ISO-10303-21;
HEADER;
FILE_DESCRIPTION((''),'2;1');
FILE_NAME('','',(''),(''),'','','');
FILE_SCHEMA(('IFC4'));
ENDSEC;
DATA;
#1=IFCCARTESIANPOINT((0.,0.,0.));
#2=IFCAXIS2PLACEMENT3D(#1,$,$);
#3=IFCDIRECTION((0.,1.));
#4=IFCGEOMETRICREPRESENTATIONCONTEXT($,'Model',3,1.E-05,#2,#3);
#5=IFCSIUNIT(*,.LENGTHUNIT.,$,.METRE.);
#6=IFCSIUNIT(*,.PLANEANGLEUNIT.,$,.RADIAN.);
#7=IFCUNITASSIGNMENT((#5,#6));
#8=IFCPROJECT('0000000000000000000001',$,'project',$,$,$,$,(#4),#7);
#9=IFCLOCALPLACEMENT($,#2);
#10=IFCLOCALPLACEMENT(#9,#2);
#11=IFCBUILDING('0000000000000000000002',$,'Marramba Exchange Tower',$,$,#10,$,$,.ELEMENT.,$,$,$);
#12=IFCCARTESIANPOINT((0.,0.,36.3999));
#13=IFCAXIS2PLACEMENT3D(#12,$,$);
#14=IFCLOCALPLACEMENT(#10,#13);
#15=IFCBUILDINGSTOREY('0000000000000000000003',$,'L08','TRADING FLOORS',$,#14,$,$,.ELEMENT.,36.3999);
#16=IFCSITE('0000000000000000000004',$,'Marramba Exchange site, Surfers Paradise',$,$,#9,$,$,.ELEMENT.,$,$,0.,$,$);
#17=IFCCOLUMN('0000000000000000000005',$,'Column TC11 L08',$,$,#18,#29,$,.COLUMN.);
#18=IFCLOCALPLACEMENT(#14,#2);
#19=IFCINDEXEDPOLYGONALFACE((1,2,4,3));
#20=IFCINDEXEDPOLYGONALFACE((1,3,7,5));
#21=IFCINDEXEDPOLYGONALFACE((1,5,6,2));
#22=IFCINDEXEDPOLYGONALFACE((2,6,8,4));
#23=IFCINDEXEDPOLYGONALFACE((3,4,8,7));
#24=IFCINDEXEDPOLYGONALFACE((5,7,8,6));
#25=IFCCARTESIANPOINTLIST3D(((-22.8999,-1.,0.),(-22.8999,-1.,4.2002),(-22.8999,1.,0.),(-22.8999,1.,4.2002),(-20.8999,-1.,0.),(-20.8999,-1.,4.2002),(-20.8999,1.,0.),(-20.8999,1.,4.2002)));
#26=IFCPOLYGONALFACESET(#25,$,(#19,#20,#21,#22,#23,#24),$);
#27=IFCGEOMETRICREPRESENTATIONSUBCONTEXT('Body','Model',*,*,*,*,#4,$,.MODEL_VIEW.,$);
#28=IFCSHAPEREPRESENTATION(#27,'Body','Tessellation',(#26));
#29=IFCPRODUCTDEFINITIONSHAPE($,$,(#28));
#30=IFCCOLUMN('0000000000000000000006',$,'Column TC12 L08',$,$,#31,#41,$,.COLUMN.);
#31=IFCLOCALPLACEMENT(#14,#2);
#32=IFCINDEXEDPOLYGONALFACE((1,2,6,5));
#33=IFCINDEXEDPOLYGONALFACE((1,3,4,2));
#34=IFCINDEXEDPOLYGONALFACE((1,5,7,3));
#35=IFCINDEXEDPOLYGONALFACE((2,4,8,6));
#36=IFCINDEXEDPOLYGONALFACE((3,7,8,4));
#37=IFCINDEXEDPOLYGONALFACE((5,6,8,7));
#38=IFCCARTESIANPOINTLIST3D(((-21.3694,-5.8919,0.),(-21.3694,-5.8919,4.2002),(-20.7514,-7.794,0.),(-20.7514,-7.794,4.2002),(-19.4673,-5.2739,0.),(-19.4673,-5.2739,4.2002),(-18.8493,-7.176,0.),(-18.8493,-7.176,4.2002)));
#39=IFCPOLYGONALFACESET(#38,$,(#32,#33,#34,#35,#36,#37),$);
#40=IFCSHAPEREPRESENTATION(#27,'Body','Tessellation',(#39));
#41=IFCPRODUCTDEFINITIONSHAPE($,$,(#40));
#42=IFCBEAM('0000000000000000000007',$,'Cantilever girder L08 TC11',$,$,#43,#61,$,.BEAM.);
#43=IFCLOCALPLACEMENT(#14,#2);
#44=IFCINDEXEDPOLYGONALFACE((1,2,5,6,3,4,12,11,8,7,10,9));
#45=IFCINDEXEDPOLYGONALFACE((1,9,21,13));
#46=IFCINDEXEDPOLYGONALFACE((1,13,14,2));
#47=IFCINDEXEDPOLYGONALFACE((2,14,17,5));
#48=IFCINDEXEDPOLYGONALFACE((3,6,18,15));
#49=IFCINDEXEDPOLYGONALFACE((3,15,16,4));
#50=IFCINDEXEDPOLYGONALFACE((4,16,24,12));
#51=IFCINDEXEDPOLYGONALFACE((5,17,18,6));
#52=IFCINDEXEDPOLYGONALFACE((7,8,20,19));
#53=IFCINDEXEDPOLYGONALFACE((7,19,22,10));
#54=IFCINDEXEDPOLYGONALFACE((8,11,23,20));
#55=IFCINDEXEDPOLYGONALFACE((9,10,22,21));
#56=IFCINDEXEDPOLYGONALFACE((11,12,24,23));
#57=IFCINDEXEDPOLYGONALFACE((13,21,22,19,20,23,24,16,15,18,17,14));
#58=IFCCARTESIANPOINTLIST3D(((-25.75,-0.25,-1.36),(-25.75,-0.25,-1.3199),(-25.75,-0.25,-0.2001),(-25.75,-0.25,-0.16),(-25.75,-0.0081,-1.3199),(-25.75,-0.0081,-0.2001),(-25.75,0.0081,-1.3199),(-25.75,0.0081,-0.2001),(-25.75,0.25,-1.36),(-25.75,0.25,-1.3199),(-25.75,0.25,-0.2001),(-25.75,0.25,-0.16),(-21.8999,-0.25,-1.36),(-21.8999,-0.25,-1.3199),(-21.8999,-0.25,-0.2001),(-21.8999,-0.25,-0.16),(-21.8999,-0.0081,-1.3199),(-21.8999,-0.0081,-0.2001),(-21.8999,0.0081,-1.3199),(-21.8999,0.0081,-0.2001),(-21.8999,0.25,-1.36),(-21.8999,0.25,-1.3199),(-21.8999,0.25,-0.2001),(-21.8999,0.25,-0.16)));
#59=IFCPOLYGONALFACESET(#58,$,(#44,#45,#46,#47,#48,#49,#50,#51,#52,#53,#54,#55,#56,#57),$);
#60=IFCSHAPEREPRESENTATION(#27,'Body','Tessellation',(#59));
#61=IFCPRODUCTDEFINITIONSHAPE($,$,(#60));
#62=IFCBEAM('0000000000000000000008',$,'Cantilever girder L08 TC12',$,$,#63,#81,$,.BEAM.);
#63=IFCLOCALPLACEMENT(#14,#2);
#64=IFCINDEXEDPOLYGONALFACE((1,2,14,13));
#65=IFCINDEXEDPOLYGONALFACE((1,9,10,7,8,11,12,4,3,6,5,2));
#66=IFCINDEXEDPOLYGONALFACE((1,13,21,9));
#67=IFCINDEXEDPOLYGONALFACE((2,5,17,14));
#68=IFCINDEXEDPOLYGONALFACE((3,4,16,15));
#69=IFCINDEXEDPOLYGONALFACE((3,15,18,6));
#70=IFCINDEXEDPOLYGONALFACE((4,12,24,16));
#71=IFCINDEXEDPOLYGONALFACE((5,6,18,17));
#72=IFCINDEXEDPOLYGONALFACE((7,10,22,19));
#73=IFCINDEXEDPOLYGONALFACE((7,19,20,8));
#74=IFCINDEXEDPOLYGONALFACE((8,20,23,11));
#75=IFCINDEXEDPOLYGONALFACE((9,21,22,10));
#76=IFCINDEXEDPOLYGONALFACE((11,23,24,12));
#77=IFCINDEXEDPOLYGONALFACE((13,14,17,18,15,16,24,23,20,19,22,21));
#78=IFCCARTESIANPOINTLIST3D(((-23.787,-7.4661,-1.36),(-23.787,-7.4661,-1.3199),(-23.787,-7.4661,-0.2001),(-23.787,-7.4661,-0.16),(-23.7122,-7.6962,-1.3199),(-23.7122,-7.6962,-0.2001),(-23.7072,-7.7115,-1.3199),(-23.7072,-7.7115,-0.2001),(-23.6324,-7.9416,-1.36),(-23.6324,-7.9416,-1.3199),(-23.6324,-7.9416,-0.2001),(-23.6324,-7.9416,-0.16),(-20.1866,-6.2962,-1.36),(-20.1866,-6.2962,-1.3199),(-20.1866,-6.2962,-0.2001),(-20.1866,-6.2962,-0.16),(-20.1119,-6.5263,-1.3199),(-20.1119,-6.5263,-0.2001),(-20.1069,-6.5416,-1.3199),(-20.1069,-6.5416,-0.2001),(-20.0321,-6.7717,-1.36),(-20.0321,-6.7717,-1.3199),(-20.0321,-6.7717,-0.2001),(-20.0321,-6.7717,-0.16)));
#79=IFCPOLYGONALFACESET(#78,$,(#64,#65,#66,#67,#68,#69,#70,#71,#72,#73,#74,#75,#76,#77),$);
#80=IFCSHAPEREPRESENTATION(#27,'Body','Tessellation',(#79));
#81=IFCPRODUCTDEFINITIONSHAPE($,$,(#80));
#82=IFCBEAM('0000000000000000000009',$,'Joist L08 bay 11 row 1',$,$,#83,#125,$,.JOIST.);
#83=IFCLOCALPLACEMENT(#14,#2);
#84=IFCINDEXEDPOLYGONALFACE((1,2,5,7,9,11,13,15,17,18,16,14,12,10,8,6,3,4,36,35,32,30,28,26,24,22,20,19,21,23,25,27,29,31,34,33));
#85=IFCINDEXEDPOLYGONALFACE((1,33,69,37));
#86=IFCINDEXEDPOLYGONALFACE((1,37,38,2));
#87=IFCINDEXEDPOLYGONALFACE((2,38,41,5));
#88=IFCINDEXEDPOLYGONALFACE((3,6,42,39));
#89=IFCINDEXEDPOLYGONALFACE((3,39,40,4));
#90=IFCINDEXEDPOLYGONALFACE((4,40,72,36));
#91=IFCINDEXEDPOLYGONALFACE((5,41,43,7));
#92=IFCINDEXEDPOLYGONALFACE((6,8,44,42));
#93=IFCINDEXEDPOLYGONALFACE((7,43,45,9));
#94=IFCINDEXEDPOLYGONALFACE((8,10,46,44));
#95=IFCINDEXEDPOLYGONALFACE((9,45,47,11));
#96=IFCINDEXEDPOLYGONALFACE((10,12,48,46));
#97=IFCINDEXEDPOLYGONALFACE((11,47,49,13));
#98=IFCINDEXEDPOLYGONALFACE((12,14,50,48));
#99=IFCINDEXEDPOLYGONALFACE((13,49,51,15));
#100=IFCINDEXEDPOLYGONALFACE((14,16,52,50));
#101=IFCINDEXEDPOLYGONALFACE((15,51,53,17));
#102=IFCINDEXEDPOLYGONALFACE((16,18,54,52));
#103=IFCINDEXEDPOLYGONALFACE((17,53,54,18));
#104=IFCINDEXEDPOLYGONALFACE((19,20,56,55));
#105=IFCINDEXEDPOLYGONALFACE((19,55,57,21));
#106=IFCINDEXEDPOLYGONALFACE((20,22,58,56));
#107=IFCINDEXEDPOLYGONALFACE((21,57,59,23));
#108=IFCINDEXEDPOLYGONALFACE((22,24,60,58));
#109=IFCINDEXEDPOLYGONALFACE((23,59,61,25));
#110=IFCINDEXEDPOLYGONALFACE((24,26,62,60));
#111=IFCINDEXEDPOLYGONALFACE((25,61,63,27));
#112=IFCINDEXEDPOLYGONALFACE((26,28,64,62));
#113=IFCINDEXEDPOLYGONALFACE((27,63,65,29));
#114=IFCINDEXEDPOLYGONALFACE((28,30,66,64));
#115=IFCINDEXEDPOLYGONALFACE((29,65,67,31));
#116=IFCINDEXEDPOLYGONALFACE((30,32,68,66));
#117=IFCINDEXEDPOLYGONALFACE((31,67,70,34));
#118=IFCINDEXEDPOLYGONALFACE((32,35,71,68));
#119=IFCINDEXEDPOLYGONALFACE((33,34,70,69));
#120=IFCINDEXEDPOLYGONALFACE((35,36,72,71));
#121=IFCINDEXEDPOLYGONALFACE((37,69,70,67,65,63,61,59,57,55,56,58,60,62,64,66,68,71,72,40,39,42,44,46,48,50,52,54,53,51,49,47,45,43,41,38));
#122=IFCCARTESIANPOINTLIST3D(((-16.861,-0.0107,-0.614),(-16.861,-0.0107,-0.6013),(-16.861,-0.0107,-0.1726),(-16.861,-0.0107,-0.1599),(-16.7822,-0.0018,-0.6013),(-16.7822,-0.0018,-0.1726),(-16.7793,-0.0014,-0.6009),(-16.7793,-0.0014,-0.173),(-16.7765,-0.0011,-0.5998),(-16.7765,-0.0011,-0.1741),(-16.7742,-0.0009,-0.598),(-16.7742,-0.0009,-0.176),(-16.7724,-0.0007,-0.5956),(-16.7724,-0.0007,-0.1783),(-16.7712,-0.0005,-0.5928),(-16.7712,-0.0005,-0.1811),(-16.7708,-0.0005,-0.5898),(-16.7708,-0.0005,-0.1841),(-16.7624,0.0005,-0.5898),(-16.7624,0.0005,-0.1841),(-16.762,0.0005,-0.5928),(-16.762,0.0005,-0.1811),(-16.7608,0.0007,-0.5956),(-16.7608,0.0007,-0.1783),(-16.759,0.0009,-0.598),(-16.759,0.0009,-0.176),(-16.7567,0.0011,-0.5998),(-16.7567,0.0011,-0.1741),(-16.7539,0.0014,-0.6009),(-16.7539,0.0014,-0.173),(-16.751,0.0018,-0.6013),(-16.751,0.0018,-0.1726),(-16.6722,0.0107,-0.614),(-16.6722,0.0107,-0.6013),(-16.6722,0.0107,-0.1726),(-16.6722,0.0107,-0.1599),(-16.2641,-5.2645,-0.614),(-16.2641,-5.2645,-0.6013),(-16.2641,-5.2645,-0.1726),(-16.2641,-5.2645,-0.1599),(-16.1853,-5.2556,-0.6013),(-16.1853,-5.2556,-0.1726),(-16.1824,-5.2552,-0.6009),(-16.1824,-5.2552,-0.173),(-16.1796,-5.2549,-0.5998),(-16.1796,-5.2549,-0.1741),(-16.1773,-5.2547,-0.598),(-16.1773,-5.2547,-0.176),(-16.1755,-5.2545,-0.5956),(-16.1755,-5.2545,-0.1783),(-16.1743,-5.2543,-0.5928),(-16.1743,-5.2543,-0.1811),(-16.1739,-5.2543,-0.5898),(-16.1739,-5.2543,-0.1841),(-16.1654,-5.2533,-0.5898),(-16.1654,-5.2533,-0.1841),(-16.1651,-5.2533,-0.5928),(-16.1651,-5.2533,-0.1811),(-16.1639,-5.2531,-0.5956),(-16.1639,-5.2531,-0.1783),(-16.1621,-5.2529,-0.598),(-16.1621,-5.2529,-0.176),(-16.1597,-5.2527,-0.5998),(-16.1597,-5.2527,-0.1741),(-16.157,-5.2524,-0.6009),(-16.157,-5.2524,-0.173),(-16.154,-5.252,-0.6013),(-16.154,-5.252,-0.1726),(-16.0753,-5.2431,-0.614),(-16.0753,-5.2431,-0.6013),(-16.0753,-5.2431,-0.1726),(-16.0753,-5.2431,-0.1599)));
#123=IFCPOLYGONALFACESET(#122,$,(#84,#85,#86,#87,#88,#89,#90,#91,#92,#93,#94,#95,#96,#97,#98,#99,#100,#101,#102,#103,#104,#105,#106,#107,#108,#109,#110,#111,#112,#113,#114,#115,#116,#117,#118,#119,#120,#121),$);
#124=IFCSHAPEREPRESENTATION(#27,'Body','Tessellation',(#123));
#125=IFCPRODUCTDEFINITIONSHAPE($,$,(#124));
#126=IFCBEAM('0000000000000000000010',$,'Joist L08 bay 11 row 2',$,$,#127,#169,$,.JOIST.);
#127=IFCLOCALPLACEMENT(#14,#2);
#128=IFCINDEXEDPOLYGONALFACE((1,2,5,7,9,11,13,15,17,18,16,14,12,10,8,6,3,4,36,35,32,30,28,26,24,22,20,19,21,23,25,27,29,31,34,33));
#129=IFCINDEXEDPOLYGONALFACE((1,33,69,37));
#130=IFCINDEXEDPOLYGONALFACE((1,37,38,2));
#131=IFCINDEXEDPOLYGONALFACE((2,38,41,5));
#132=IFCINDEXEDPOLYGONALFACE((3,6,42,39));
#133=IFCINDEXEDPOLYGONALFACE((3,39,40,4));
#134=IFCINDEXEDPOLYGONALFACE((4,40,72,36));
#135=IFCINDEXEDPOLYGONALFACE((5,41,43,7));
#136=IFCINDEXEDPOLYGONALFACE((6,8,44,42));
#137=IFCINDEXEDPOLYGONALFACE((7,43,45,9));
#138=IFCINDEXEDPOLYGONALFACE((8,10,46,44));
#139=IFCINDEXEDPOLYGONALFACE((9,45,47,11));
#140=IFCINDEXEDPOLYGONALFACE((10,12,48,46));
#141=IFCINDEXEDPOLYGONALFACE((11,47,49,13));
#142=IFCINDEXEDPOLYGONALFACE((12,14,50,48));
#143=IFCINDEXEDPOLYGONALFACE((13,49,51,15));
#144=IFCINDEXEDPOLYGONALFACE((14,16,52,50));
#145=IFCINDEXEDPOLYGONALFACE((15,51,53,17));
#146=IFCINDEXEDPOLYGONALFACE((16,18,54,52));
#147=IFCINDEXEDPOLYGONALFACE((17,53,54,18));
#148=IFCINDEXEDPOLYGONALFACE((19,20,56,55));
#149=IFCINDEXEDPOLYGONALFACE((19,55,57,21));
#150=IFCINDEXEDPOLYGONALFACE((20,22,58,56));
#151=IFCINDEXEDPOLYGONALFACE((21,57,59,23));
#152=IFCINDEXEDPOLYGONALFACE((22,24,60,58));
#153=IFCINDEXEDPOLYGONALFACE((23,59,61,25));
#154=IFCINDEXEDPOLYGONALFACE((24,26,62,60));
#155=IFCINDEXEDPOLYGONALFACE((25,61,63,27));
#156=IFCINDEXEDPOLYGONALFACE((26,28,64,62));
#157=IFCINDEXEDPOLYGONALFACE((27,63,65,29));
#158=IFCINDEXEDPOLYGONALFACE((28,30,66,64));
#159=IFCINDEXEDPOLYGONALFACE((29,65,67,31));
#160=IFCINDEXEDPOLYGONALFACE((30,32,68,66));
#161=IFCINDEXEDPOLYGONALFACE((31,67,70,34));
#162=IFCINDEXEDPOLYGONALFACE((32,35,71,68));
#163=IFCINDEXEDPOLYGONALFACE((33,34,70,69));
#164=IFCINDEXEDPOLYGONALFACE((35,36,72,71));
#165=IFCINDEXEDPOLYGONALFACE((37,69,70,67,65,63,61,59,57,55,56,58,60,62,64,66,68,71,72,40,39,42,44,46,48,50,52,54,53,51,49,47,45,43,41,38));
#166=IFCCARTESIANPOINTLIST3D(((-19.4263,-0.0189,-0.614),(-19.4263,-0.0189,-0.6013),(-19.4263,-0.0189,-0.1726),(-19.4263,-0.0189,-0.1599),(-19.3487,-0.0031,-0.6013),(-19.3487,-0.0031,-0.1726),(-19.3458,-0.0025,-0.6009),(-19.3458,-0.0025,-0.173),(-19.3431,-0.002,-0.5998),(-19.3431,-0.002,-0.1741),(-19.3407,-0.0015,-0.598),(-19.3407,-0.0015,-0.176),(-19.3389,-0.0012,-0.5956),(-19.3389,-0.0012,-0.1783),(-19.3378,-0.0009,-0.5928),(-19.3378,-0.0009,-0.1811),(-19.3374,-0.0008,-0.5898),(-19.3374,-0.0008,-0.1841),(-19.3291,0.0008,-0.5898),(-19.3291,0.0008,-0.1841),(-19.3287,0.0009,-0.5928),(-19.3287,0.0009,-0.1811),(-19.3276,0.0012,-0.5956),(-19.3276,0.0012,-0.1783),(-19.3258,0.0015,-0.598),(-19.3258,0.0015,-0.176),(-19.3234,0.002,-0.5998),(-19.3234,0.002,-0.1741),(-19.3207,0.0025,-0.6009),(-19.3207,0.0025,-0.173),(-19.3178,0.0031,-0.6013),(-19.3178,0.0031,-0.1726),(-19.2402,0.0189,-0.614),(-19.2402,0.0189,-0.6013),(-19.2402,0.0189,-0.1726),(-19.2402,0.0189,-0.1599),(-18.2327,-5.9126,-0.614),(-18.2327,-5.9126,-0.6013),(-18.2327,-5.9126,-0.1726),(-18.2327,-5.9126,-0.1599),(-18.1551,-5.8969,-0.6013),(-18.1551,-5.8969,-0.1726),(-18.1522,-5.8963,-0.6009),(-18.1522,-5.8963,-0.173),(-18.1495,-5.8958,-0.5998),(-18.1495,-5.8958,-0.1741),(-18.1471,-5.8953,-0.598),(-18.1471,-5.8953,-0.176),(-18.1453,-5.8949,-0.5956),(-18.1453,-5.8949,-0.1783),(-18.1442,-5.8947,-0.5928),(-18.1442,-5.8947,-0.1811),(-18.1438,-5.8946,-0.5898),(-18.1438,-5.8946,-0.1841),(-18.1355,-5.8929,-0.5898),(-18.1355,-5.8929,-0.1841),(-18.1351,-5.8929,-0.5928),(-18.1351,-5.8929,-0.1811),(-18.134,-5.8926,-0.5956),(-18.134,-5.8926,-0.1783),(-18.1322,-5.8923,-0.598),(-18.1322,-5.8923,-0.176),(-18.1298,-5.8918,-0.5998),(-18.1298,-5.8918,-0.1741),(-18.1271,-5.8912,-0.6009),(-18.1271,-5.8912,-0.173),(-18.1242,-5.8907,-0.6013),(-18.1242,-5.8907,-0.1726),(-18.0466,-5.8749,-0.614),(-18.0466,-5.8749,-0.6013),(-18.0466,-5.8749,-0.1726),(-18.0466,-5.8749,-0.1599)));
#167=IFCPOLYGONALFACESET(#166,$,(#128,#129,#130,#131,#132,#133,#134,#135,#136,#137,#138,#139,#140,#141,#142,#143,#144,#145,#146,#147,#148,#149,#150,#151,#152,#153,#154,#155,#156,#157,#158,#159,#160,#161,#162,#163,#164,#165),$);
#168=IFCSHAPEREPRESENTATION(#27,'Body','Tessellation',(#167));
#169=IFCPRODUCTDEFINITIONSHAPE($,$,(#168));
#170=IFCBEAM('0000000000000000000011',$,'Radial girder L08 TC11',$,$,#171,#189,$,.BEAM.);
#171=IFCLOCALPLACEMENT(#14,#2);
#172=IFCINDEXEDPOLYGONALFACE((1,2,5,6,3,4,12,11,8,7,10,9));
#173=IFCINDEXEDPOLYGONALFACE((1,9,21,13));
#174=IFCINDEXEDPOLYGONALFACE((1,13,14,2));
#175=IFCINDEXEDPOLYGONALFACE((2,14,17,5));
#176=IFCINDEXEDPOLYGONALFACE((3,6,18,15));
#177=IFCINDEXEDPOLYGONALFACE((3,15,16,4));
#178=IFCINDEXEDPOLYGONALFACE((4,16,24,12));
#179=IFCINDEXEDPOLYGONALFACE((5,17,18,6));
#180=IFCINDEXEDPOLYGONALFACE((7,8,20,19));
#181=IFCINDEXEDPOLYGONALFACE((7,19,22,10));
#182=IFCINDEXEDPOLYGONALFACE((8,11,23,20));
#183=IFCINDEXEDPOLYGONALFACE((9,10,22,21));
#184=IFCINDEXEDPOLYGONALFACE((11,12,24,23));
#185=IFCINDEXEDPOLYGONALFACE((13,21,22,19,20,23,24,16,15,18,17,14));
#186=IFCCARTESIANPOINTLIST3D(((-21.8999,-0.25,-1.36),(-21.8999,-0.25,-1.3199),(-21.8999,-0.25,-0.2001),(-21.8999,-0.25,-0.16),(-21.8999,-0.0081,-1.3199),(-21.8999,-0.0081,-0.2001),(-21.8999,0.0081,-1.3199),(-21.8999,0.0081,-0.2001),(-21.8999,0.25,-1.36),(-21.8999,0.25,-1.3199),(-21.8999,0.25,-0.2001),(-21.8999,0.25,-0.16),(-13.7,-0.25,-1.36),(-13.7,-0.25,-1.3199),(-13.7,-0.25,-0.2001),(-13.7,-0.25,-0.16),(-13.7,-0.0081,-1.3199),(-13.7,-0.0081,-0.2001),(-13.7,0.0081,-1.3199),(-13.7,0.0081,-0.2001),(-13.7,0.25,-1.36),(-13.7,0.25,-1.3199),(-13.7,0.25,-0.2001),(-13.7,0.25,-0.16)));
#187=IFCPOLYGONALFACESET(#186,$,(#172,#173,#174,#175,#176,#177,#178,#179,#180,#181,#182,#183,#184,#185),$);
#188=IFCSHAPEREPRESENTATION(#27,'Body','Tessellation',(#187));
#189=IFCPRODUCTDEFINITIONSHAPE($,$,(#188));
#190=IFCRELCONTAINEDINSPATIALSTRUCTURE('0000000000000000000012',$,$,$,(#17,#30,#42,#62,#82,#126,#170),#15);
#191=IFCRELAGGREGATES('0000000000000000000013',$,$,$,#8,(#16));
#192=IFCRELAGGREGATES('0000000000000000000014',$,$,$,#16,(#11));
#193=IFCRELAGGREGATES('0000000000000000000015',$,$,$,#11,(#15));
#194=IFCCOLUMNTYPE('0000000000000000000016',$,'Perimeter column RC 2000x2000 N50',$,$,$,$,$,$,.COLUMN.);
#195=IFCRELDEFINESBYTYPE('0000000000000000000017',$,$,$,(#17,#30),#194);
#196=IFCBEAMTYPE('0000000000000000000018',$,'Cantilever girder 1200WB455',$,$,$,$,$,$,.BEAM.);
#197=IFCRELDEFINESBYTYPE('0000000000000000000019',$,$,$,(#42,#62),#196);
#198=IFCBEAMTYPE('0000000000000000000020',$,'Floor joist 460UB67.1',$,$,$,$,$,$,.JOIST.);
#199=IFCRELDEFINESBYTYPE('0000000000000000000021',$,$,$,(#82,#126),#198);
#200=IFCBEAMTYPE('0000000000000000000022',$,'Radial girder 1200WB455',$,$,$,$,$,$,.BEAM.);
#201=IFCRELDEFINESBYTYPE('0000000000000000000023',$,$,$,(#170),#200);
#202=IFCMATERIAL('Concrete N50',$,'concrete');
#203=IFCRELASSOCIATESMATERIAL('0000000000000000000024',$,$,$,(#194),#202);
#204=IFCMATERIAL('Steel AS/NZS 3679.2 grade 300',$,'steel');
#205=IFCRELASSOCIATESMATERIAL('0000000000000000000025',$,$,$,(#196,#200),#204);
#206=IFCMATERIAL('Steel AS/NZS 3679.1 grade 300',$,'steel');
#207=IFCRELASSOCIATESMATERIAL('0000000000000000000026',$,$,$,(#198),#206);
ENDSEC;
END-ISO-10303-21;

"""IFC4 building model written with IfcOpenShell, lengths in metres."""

from ifc_helpers import new_model, si_unit, direction, frame, origin, origin_2d, place, context, subcontext, project, spatial, rectangle, i_section, extrude, material, material_profile, profile_set, type_object, element, save


model = new_model("IFC4")

# Units and contexts
model_context = context("Model", 3, precision=1e-05, world=origin(), true_north=direction((0.0, 1.0)))
body_context = subcontext(model_context, "Body", "Model", "MODEL_VIEW")
ifc_project = project(units=[si_unit("LENGTHUNIT", "METRE"), si_unit("PLANEANGLEUNIT", "RADIAN")], contexts=[model_context])

# Site, building, storey
site_placement = place(None, origin())
site = spatial("IfcSite", under=ifc_project, at=site_placement, Name="Marramba Exchange site, Surfers Paradise", CompositionType="ELEMENT", RefElevation=0.0)
building_placement = place(site_placement, origin())
building = spatial("IfcBuilding", under=site, at=building_placement, Name="Marramba Exchange Tower", CompositionType="ELEMENT")
storey_placement = place(building_placement, frame((0.0, 0.0, 36.3999)))
storey = spatial("IfcBuildingStorey", under=building, at=storey_placement, Name="L08", Description="TRADING FLOORS", CompositionType="ELEMENT", Elevation=36.3999)

# Columns
ifc_material_1 = material(Name="Concrete N50", Category="concrete")
ifc_material_profile_1 = material_profile(ifc_material_1, rectangle(XDim=2.0, YDim=2.0, at=origin_2d()), Name="RC 2000x2000")
ifc_profile_set_1 = profile_set([ifc_material_profile_1], Name="Concrete N50")
column_type = type_object("IfcColumnType", Name="Perimeter column RC 2000x2000 N50", PredefinedType="COLUMN", material=ifc_profile_set_1)
for number, where, z_axis, x_axis, name in (
    (1, (-21.8999, 0.0, 0.0), (0.0, 0.0, 1.0), (-1.0, 0.0, 0.0), "Column TC11 L08"),
    (2, (-20.1094, -6.5339, 0.0), (0.0, 0.0, 1.0), (-0.951057, -0.309017, 0.0), "Column TC12 L08"),
):
    element("IfcColumn", number, at=place(storey_placement, frame(where, z_axis=z_axis, x_axis=x_axis)), inside=storey, type_object=column_type, Name=name, PredefinedType="COLUMN", context=body_context, shape_type="SweptSolid", body=[
        extrude(rectangle(XDim=2.0, YDim=2.0, at=origin_2d()), origin(), (0.0, 0.0, 1.0), 4.2002),
    ])

# Beams
ifc_material_2 = material(Name="Steel AS/NZS 3679.2 grade 300", Category="steel")
ifc_material_profile_2 = material_profile(ifc_material_2, i_section(OverallWidth=0.5, OverallDepth=1.2, WebThickness=0.0161, FlangeThickness=0.04, at=origin_2d()), Name="1200WB455")
ifc_profile_set_2 = profile_set([ifc_material_profile_2], Name="Steel AS/NZS 3679.2 grade 300")
beam_type_1 = type_object("IfcBeamType", Name="Cantilever girder 1200WB455", PredefinedType="BEAM", material=ifc_profile_set_2)
beam_1_placement = place(storey_placement, frame((-21.8999, 0.0, -0.76), z_axis=(-1.0, 0.0, 0.0), x_axis=(0.0, -1.0, 0.0)))
element("IfcBeam", 3, at=beam_1_placement, inside=storey, type_object=beam_type_1, Name="Cantilever girder L08 TC11", PredefinedType="BEAM", context=body_context, shape_type="SweptSolid", body=[
    extrude(i_section(OverallWidth=0.5, OverallDepth=1.2, WebThickness=0.0161, FlangeThickness=0.04, at=origin_2d()), origin(), (0.0, 0.0, 1.0), 3.8501),
])
beam_2_placement = place(storey_placement, frame((-20.1094, -6.5339, -0.76), z_axis=(-0.951049, -0.309041, 0.0), x_axis=(0.309041, -0.951049, 0.0)))
element("IfcBeam", 4, at=beam_2_placement, inside=storey, type_object=beam_type_1, Name="Cantilever girder L08 TC12", PredefinedType="BEAM", context=body_context, shape_type="SweptSolid", body=[
    extrude(i_section(OverallWidth=0.5, OverallDepth=1.2, WebThickness=0.0161, FlangeThickness=0.04, at=origin_2d()), origin(), (0.0, 0.0, 1.0), 3.7856),
])
ifc_material_3 = material(Name="Steel AS/NZS 3679.1 grade 300", Category="steel")
ifc_material_profile_3 = material_profile(ifc_material_3, i_section(OverallWidth=0.1899, OverallDepth=0.4541, WebThickness=0.0085, FlangeThickness=0.0127, FilletRadius=0.0115, at=origin_2d()), Name="460UB67.1")
ifc_profile_set_3 = profile_set([ifc_material_profile_3], Name="Steel AS/NZS 3679.1 grade 300")
beam_type_2 = type_object("IfcBeamType", Name="Floor joist 460UB67.1", PredefinedType="JOIST", material=ifc_profile_set_3)
beam_3_placement = place(storey_placement, frame((-16.7666, 0.0, -0.387), z_axis=(0.112889, -0.993608, 0.0), x_axis=(0.993608, 0.112889, 0.0)))
element("IfcBeam", 5, at=beam_3_placement, inside=storey, type_object=beam_type_2, Name="Joist L08 bay 11 row 1", PredefinedType="JOIST", context=body_context, shape_type="SweptSolid", body=[
    extrude(i_section(OverallWidth=0.1899, OverallDepth=0.4541, WebThickness=0.0085, FlangeThickness=0.0127, FilletRadius=0.0115, at=origin_2d()), origin(), (0.0, 0.0, 1.0), 5.2876),
])
beam_4_placement = place(storey_placement, frame((-19.3333, 0.0, -0.387), z_axis=(0.198489, -0.980103, 0.0), x_axis=(0.980103, 0.198489, 0.0)))
element("IfcBeam", 6, at=beam_4_placement, inside=storey, type_object=beam_type_2, Name="Joist L08 bay 11 row 2", PredefinedType="JOIST", context=body_context, shape_type="SweptSolid", body=[
    extrude(i_section(OverallWidth=0.1899, OverallDepth=0.4541, WebThickness=0.0085, FlangeThickness=0.0127, FilletRadius=0.0115, at=origin_2d()), origin(), (0.0, 0.0, 1.0), 6.0134),
])
ifc_material_profile_4 = material_profile(ifc_material_2, i_section(OverallWidth=0.5, OverallDepth=1.2, WebThickness=0.0161, FlangeThickness=0.04, at=origin_2d()), Name="1200WB455")
ifc_profile_set_4 = profile_set([ifc_material_profile_4], Name="Steel AS/NZS 3679.2 grade 300")
beam_type_3 = type_object("IfcBeamType", Name="Radial girder 1200WB455", PredefinedType="BEAM", material=ifc_profile_set_4)
beam_5_placement = place(storey_placement, frame((-13.7, 0.0, -0.76), z_axis=(-1.0, 0.0, 0.0), x_axis=(0.0, -1.0, 0.0)))
element("IfcBeam", 7, at=beam_5_placement, inside=storey, type_object=beam_type_3, Name="Radial girder L08 TC11", PredefinedType="BEAM", context=body_context, shape_type="SweptSolid", body=[
    extrude(i_section(OverallWidth=0.5, OverallDepth=1.2, WebThickness=0.0161, FlangeThickness=0.04, at=origin_2d()), origin(), (0.0, 0.0, 1.0), 8.2),
])

save(model, "model.ifc")
